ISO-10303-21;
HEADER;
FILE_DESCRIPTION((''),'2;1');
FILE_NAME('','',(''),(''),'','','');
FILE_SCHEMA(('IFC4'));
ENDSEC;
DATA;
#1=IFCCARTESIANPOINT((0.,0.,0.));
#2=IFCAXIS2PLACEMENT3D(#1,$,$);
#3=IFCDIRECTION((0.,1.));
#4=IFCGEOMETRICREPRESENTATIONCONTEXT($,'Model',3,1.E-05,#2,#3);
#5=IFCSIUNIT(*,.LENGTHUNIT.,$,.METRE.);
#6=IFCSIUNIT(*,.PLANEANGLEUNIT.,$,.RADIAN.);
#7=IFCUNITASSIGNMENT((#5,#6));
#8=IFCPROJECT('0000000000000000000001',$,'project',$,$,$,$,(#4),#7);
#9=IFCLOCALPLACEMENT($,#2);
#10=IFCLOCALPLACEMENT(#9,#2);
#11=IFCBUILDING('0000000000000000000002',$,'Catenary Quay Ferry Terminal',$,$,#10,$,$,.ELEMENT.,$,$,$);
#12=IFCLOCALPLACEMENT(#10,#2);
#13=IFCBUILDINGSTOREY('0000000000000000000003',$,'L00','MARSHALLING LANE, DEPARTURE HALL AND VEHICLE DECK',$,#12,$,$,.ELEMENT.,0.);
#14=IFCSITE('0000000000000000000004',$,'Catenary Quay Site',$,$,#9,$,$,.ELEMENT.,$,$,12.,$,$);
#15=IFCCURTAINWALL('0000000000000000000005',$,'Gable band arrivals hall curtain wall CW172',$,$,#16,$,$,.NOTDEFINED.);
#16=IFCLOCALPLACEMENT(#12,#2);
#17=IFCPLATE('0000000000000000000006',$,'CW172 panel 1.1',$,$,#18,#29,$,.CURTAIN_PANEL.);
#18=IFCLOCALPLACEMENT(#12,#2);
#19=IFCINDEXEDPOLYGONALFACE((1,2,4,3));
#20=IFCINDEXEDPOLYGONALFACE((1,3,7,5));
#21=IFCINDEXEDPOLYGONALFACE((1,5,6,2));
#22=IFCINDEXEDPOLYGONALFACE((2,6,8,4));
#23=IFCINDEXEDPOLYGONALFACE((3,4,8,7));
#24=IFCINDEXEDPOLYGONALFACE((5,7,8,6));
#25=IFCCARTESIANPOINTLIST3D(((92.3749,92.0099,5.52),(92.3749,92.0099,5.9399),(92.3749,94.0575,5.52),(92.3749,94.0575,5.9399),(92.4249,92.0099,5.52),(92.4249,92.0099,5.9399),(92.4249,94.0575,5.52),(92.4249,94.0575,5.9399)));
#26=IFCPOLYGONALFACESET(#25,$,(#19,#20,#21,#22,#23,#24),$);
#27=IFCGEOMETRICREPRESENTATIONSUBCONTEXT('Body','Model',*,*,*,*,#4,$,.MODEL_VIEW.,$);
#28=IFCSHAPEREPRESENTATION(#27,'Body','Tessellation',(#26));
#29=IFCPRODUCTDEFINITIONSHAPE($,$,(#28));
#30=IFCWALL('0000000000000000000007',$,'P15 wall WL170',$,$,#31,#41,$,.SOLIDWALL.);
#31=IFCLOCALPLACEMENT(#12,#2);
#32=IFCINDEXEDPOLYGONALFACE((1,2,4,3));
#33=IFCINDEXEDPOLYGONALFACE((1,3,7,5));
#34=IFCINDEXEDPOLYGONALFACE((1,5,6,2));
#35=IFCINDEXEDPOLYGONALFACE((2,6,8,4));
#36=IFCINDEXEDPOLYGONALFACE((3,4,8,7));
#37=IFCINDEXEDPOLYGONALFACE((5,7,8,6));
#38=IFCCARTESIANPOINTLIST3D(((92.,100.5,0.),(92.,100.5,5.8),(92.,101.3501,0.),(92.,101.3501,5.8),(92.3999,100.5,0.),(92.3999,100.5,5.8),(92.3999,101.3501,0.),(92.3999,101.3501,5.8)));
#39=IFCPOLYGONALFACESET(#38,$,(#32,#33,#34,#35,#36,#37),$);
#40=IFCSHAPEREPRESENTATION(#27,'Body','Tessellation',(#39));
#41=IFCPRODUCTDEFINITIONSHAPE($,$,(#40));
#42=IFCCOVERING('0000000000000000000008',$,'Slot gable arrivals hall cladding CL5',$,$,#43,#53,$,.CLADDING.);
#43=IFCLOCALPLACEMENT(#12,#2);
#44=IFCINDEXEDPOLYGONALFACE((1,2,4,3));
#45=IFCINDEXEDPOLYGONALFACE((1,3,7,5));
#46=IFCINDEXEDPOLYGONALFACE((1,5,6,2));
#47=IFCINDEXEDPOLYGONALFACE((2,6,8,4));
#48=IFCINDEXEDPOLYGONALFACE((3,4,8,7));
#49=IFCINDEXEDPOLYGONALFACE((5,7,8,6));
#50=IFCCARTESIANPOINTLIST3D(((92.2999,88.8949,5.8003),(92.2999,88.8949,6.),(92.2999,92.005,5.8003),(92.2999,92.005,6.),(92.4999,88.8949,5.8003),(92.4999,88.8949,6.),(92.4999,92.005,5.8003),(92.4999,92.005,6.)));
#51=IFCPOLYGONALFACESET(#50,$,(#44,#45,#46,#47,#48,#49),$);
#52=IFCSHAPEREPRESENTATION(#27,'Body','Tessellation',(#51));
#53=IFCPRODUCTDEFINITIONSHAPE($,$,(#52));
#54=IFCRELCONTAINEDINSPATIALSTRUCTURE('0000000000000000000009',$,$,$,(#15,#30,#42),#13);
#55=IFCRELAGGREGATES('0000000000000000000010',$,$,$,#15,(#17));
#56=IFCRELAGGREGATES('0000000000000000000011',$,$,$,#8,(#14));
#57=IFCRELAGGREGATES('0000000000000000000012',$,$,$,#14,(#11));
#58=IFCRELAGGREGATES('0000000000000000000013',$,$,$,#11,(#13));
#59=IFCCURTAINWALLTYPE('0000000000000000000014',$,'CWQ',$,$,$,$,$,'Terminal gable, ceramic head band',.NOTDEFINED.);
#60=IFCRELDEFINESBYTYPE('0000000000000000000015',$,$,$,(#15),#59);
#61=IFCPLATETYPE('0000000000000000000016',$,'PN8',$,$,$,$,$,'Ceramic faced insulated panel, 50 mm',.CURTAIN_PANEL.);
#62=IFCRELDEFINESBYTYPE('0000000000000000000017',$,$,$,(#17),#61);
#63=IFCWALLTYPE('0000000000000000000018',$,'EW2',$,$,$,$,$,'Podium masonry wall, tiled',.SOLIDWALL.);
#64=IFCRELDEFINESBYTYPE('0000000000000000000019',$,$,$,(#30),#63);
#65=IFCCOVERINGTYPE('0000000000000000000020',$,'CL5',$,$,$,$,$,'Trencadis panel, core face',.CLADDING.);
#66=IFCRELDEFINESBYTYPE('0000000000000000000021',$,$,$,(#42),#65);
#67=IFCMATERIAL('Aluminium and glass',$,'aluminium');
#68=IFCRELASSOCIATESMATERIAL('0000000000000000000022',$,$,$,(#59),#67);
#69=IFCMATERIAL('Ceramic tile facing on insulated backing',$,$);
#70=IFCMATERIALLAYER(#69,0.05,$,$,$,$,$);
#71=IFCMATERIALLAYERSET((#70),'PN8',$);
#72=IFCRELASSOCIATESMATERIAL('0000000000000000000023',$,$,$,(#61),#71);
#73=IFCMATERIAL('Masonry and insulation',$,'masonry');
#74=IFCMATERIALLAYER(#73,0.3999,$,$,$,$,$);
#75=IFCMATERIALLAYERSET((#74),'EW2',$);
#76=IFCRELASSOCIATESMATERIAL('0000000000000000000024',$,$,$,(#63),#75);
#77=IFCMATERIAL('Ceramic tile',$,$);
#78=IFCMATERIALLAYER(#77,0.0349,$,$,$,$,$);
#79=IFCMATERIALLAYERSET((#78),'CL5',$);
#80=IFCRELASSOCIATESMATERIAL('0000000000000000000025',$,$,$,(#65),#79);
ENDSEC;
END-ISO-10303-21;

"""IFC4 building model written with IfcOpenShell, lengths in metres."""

from ifc_helpers import new_model, si_unit, direction, frame, frame_2d, origin, origin_2d, place, context, subcontext, project, spatial, rectangle, extrude, material, layer, layer_set, type_object, element, aggregate, save


model = new_model("IFC4")

# Units and contexts
model_context = context("Model", 3, precision=1e-05, world=origin(), true_north=direction((0.0, 1.0)))
body_context = subcontext(model_context, "Body", "Model", "MODEL_VIEW")
ifc_project = project(units=[si_unit("LENGTHUNIT", "METRE"), si_unit("PLANEANGLEUNIT", "RADIAN")], contexts=[model_context])

# Site, building, storey
site_placement = place(None, origin())
site = spatial("IfcSite", under=ifc_project, at=site_placement, Name="Catenary Quay Site", CompositionType="ELEMENT", RefElevation=12.0)
building_placement = place(site_placement, origin())
building = spatial("IfcBuilding", under=site, at=building_placement, Name="Catenary Quay Ferry Terminal", CompositionType="ELEMENT")
storey_placement = place(building_placement, origin())
storey = spatial("IfcBuildingStorey", under=building, at=storey_placement, Name="L00", Description="MARSHALLING LANE, DEPARTURE HALL AND VEHICLE DECK", CompositionType="ELEMENT", Elevation=0.0)

# Curtain wall
ifc_material_1 = material(Name="Aluminium and glass", Category="aluminium")
curtain_wall_type_1 = type_object("IfcCurtainWallType", Name="CWQ", ElementType="Terminal gable, ceramic head band", PredefinedType="NOTDEFINED", material=ifc_material_1)
curtain_wall_1_placement = place(storey_placement, origin())
curtain_wall_1 = element("IfcCurtainWall", 1, at=curtain_wall_1_placement, inside=storey, type_object=curtain_wall_type_1, Name="Gable band arrivals hall curtain wall CW172", PredefinedType="NOTDEFINED")

# Plate
ifc_material_2 = material(Name="Ceramic tile facing on insulated backing")
ifc_layer_1 = layer(ifc_material_2, 0.05)
ifc_layer_set_1 = layer_set([ifc_layer_1], Name="PN8")
plate_type_1 = type_object("IfcPlateType", Name="PN8", ElementType="Ceramic faced insulated panel, 50 mm", PredefinedType="CURTAIN_PANEL", material=ifc_layer_set_1)
plate_1_placement = place(storey_placement, frame((92.3999, 93.0337, 5.52), z_axis=(0.0, 0.0, 1.0), x_axis=(0.0, 1.0, 0.0)))
plate_1 = element("IfcPlate", 2, at=plate_1_placement, type_object=plate_type_1, Name="CW172 panel 1.1", PredefinedType="CURTAIN_PANEL", context=body_context, shape_type="SweptSolid", body=[
    extrude(rectangle(XDim=2.0476, YDim=0.05, at=origin_2d()), origin(), (0.0, 0.0, 1.0), 0.4199),
])
aggregate(curtain_wall_1, [plate_1])

# Wall
ifc_material_3 = material(Name="Masonry and insulation", Category="masonry")
ifc_layer_2 = layer(ifc_material_3, 0.3999)
ifc_layer_set_2 = layer_set([ifc_layer_2], Name="EW2")
wall_type = type_object("IfcWallType", Name="EW2", ElementType="Podium masonry wall, tiled", PredefinedType="SOLIDWALL", material=ifc_layer_set_2)
wall_placement = place(storey_placement, frame((92.2, 100.5, 0.0), z_axis=(0.0, 0.0, 1.0), x_axis=(0.0, 1.0, 0.0)))
element("IfcWall", 3, at=wall_placement, inside=storey, type_object=wall_type, Name="P15 wall WL170", PredefinedType="SOLIDWALL", context=body_context, shape_type="SweptSolid", body=[
    extrude(rectangle(XDim=0.8501, YDim=0.3999, at=frame_2d((0.425, 0.0))), origin(), (0.0, 0.0, 1.0), 5.8),
])

# Covering
ifc_material_4 = material(Name="Ceramic tile")
ifc_layer_3 = layer(ifc_material_4, 0.0349)
ifc_layer_set_3 = layer_set([ifc_layer_3], Name="CL5")
covering_type = type_object("IfcCoveringType", Name="CL5", ElementType="Trencadis panel, core face", PredefinedType="CLADDING", material=ifc_layer_set_3)
covering_placement = place(storey_placement, frame((92.3999, 90.45, 5.8003), z_axis=(0.0, 0.0, 1.0), x_axis=(1.0, 0.0, 0.0)))
element("IfcCovering", 4, at=covering_placement, inside=storey, type_object=covering_type, Name="Slot gable arrivals hall cladding CL5", PredefinedType="CLADDING", context=body_context, shape_type="SweptSolid", body=[
    extrude(rectangle(XDim=0.2, YDim=3.1101, at=origin_2d()), origin(), (0.0, 0.0, 1.0), 0.1997),
])

save(model, "model.ifc")
